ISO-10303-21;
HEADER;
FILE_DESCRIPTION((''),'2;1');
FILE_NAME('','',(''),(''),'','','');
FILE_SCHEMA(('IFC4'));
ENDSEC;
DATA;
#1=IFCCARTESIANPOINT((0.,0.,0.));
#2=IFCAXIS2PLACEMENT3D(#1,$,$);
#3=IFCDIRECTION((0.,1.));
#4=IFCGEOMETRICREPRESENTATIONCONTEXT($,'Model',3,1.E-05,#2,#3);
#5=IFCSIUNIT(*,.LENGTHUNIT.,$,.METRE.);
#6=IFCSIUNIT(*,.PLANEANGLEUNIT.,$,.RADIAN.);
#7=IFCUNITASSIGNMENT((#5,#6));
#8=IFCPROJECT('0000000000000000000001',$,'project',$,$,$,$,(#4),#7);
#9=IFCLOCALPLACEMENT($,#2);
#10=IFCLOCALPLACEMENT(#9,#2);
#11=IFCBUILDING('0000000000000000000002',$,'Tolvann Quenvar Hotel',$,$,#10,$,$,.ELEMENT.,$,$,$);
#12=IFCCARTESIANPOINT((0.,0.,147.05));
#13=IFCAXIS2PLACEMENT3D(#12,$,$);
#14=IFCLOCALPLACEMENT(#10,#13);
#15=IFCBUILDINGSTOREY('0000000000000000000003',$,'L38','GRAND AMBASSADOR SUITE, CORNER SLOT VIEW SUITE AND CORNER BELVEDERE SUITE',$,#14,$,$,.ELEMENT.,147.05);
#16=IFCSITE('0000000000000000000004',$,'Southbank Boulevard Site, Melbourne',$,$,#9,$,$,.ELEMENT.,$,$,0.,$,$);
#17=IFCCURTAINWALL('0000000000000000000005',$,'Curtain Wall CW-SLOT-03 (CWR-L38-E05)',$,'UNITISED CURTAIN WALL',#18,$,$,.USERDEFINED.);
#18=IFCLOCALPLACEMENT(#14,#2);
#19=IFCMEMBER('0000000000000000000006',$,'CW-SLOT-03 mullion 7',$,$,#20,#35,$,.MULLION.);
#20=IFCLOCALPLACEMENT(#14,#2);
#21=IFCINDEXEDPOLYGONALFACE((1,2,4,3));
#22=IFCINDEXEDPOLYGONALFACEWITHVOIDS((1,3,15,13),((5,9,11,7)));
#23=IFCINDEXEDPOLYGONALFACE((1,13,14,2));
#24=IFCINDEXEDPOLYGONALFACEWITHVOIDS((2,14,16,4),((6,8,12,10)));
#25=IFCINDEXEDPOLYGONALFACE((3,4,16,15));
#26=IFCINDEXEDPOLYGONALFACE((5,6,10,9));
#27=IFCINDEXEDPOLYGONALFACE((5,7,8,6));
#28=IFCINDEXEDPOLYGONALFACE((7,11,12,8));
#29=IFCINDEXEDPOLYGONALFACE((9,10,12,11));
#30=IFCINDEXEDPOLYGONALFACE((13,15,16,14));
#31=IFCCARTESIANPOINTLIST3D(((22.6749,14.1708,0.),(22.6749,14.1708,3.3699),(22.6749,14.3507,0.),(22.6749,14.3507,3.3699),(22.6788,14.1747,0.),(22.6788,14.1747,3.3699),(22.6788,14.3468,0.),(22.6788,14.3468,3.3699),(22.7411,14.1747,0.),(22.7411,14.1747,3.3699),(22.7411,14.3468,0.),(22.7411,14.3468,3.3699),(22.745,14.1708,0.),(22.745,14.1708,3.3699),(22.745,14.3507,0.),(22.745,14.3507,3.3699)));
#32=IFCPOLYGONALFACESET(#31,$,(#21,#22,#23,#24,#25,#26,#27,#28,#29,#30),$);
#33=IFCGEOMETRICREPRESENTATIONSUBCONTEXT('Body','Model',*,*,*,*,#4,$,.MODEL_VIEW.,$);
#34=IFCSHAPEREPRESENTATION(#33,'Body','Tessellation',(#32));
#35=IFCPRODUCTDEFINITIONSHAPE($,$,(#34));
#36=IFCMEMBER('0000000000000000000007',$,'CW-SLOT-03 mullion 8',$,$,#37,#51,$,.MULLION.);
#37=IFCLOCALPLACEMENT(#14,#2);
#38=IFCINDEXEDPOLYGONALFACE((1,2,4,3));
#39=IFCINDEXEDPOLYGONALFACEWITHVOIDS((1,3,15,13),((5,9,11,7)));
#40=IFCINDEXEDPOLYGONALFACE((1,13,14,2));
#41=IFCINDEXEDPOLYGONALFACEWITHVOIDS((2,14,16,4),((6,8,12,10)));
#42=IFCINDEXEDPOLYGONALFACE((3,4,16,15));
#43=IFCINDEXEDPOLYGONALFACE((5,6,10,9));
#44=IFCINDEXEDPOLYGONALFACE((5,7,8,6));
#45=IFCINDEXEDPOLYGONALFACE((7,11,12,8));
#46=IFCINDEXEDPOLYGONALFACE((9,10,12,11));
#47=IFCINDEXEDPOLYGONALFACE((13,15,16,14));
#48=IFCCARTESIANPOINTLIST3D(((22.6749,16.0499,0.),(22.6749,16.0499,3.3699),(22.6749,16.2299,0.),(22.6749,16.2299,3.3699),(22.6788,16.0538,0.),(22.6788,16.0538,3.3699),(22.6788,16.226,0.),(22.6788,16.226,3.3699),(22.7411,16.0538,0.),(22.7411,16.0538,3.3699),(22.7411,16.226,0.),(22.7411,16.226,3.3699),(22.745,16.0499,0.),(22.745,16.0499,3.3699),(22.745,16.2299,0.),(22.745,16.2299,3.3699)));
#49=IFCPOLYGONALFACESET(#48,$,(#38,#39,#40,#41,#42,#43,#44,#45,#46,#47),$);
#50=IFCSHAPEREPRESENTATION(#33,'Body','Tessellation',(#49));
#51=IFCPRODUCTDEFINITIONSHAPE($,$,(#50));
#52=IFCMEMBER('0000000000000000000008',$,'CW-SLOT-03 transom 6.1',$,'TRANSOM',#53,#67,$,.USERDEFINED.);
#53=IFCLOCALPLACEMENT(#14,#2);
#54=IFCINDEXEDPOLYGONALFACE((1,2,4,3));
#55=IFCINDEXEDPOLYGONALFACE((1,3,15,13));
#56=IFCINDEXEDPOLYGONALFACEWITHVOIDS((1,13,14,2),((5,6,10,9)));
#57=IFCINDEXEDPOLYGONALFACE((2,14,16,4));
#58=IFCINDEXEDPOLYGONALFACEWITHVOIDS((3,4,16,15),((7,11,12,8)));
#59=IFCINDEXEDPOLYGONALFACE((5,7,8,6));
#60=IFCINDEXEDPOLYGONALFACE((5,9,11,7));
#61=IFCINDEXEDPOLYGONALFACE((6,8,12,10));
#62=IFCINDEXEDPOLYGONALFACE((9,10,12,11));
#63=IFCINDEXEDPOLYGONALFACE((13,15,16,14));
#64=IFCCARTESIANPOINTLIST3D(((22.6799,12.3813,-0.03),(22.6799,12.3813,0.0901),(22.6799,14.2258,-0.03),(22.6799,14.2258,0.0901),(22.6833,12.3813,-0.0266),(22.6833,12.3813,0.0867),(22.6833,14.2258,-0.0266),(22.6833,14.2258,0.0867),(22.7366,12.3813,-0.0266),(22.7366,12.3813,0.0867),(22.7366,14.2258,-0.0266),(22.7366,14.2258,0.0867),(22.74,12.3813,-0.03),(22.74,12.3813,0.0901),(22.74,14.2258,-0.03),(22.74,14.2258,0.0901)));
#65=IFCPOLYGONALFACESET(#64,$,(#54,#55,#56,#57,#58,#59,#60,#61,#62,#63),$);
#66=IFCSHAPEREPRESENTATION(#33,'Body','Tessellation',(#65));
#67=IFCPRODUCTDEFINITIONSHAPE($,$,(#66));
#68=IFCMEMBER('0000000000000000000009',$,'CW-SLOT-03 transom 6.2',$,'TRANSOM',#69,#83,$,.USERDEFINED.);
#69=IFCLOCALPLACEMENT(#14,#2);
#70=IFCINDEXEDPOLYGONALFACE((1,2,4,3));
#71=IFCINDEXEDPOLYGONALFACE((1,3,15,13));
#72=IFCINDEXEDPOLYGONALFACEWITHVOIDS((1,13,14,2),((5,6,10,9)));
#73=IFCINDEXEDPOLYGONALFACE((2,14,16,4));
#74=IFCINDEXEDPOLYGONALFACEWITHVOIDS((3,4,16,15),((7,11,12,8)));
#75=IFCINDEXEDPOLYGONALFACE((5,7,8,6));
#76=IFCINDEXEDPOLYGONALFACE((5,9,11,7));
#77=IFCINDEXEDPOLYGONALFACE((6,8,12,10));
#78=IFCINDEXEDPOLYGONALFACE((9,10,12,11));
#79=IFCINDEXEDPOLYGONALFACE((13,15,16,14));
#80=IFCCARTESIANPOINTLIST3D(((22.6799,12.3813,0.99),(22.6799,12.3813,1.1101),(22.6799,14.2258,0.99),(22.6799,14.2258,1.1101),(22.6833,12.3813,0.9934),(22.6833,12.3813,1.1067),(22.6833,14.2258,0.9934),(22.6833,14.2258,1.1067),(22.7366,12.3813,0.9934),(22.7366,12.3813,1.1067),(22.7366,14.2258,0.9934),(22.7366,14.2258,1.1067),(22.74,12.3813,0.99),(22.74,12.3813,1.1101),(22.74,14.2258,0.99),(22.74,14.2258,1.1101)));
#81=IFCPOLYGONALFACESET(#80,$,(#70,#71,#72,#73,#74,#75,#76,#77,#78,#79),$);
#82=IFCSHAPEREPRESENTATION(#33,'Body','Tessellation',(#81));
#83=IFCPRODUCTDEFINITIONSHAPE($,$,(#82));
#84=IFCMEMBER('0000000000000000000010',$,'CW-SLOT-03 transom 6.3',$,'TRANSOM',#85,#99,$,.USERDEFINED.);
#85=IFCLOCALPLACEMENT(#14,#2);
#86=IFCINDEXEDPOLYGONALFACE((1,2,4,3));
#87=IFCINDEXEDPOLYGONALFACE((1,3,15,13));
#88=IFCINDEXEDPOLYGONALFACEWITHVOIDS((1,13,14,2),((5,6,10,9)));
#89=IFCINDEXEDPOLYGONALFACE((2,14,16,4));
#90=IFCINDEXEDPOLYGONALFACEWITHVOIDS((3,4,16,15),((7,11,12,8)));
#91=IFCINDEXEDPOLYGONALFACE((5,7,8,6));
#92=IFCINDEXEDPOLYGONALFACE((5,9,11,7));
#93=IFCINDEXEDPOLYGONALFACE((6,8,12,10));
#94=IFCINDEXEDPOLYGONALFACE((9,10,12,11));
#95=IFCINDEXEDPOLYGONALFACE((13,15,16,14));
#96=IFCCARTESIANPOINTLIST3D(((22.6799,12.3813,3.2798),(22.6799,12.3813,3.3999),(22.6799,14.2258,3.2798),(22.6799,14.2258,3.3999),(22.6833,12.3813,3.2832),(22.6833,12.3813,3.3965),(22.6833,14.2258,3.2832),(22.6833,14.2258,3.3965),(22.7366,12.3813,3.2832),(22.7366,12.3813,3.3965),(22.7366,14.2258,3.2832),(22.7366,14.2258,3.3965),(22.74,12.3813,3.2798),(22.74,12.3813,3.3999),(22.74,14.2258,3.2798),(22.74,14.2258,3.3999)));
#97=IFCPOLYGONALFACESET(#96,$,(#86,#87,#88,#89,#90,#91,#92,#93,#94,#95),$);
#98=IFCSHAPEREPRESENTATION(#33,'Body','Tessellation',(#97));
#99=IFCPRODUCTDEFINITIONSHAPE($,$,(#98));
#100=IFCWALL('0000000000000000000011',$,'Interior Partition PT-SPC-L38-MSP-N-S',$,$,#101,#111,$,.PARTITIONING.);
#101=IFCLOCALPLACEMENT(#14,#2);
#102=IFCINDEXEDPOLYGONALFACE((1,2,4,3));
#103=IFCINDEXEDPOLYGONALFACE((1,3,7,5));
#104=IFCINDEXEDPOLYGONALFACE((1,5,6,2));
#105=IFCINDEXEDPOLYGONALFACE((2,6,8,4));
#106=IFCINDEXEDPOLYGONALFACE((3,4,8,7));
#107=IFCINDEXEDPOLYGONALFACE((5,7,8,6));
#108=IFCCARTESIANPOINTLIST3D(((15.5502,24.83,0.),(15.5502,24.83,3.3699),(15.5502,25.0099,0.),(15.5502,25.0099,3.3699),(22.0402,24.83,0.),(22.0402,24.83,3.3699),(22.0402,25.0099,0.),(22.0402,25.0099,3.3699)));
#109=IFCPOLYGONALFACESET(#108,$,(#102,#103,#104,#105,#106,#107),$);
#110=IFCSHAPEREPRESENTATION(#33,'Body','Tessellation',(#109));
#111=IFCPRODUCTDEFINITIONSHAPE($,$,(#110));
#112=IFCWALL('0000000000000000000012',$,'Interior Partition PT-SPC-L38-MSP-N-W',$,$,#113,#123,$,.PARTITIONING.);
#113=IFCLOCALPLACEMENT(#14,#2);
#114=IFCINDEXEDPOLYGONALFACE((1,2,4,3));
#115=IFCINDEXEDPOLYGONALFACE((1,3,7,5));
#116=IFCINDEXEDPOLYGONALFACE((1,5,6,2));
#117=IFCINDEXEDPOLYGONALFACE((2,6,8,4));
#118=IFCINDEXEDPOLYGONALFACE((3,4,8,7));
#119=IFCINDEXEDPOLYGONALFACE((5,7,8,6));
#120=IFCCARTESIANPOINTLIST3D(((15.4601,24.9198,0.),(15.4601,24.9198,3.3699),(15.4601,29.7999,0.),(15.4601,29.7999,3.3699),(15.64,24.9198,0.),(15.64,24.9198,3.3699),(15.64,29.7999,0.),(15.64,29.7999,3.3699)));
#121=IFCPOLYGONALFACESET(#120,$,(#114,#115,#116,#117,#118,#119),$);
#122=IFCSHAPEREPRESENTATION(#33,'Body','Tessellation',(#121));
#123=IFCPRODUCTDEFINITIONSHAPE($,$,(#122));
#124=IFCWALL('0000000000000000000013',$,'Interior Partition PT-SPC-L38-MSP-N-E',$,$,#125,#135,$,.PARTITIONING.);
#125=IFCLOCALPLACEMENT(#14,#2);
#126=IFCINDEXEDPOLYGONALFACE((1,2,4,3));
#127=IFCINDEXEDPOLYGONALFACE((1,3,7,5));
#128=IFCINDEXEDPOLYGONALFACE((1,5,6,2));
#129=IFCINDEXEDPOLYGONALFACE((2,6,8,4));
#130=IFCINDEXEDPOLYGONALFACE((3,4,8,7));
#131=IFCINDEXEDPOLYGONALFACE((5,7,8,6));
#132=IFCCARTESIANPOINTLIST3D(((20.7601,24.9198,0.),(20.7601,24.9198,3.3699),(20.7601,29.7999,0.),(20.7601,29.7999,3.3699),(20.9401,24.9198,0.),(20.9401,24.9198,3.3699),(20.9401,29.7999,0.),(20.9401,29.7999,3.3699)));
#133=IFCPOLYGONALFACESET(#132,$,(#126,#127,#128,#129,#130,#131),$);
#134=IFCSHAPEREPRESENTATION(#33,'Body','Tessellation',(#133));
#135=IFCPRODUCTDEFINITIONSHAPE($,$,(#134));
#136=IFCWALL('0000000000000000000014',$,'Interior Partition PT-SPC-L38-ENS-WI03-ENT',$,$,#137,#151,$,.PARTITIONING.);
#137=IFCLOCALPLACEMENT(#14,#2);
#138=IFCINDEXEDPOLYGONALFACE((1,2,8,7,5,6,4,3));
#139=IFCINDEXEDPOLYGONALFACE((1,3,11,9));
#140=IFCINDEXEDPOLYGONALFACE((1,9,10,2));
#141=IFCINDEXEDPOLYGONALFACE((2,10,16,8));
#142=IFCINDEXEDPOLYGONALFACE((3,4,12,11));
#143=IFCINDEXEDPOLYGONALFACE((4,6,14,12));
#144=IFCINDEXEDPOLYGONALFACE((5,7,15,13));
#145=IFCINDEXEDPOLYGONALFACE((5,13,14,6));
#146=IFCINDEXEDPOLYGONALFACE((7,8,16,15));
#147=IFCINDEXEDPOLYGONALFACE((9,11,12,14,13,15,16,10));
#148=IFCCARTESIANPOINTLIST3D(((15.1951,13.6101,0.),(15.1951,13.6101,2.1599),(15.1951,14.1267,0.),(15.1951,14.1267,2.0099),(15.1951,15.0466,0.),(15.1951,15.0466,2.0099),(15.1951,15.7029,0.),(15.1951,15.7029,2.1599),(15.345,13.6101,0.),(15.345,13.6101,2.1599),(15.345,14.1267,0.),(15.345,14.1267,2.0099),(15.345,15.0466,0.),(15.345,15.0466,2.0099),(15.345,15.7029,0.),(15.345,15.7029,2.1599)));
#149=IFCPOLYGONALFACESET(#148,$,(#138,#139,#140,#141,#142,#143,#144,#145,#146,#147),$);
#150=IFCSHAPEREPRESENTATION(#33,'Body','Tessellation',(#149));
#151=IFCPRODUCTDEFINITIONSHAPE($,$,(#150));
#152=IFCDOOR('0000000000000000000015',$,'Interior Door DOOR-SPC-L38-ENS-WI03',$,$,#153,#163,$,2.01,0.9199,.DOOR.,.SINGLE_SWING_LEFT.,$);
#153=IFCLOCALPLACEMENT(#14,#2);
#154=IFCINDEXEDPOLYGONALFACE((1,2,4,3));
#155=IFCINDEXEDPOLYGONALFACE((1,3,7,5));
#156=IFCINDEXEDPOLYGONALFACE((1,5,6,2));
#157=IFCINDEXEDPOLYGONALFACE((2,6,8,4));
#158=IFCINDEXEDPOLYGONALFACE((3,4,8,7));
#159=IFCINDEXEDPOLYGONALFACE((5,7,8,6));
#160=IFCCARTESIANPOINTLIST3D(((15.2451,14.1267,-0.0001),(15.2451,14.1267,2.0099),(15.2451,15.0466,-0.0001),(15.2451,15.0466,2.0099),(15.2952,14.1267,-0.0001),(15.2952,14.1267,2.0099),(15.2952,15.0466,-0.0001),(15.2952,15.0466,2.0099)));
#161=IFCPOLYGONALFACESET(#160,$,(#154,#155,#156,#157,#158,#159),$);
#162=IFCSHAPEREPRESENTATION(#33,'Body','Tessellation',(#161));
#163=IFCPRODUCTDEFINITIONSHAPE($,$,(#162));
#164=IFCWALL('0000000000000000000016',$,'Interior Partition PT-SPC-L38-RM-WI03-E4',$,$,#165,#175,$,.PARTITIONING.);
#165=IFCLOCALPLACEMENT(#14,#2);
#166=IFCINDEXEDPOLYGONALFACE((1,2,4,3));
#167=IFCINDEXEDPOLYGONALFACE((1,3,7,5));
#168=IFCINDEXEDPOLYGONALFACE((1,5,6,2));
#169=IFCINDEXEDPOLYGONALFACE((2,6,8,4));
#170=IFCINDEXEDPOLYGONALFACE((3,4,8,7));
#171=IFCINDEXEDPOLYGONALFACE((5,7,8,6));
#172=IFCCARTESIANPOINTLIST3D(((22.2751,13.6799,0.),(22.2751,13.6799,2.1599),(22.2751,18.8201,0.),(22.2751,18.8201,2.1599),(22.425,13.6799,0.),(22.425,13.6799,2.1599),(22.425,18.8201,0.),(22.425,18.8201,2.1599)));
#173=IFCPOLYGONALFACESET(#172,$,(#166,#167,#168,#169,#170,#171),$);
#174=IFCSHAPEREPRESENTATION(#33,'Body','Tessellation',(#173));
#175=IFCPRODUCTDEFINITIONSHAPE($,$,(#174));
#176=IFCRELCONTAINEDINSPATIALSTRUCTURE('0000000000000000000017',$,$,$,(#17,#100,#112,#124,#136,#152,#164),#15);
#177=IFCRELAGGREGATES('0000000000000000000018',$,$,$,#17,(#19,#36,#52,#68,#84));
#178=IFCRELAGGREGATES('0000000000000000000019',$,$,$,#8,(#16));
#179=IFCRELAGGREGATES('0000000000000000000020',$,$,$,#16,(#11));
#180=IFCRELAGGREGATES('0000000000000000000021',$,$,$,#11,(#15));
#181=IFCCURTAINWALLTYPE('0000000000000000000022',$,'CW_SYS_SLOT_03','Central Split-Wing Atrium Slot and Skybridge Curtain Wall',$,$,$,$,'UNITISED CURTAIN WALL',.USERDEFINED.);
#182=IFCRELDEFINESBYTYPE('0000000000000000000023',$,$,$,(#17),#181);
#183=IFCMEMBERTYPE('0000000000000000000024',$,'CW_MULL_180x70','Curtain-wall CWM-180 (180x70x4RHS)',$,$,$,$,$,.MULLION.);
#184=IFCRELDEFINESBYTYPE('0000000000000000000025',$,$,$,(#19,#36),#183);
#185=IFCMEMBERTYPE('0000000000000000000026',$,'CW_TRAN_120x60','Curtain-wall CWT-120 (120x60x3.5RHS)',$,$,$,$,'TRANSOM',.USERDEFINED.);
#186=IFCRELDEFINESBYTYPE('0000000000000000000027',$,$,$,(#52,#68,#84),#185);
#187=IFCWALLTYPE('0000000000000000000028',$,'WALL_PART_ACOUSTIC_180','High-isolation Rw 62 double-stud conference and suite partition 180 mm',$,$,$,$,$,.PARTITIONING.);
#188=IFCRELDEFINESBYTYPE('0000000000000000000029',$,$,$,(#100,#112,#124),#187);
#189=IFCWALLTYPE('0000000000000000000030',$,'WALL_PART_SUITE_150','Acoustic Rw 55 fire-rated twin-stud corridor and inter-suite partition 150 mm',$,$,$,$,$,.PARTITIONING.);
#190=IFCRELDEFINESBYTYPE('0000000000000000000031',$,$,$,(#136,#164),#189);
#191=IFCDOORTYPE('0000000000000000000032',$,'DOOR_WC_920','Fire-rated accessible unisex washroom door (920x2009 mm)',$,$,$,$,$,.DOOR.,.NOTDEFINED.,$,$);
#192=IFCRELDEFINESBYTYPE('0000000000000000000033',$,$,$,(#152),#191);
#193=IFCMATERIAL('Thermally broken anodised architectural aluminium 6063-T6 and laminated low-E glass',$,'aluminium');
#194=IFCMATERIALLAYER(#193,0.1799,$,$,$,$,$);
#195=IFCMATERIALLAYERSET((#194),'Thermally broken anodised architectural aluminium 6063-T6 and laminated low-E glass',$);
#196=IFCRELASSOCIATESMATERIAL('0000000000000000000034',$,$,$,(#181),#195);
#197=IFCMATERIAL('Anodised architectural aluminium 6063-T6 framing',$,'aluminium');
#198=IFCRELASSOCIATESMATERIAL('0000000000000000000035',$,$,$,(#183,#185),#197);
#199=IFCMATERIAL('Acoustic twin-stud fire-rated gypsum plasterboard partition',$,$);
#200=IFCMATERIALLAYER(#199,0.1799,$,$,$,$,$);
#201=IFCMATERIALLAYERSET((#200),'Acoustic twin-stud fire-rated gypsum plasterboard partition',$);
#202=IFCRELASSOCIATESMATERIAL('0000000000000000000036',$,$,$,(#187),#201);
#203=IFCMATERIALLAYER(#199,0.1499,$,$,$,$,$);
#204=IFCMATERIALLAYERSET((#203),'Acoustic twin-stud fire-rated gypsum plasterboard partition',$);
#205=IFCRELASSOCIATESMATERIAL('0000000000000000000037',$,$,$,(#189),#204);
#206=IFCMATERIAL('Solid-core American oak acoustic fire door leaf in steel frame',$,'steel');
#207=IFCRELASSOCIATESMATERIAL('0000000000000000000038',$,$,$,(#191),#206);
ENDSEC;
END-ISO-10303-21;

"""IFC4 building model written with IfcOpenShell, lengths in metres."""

from ifc_helpers import new_model, si_unit, direction, frame, frame_2d, origin, origin_2d, place, context, subcontext, project, spatial, rectangle, hollow_rectangle, extrude, source, transform, mapped, material, layer, layer_set, material_profile, profile_set, type_object, type_shapes, element, fill, aggregate, save


model = new_model("IFC4")

# Units and contexts
model_context = context("Model", 3, precision=1e-05, world=origin(), true_north=direction((0.0, 1.0)))
body_context = subcontext(model_context, "Body", "Model", "MODEL_VIEW")
ifc_project = project(units=[si_unit("LENGTHUNIT", "METRE"), si_unit("PLANEANGLEUNIT", "RADIAN")], contexts=[model_context])

# Site, building, storey
site_placement = place(None, origin())
site = spatial("IfcSite", under=ifc_project, at=site_placement, Name="Southbank Boulevard Site, Melbourne", CompositionType="ELEMENT", RefElevation=0.0)
building_placement = place(site_placement, origin())
building = spatial("IfcBuilding", under=site, at=building_placement, Name="Tolvann Quenvar Hotel", CompositionType="ELEMENT")
storey_placement = place(building_placement, frame((0.0, 0.0, 147.05)))
storey = spatial("IfcBuildingStorey", under=building, at=storey_placement, Name="L38", Description="GRAND AMBASSADOR SUITE, CORNER SLOT VIEW SUITE AND CORNER BELVEDERE SUITE", CompositionType="ELEMENT", Elevation=147.05)

# Curtain wall, members
ifc_material_1 = material(Name="Thermally broken anodised architectural aluminium 6063-T6 and laminated low-E glass", Category="aluminium")
ifc_layer_1 = layer(ifc_material_1, 0.1799)
ifc_layer_set_1 = layer_set([ifc_layer_1], Name="Thermally broken anodised architectural aluminium 6063-T6 and laminated low-E glass")
curtain_wall_type = type_object("IfcCurtainWallType", Name="CW_SYS_SLOT_03", Description="Central Split-Wing Atrium Slot and Skybridge Curtain Wall", ElementType="UNITISED CURTAIN WALL", PredefinedType="USERDEFINED", material=ifc_layer_set_1)
curtain_wall_placement = place(storey_placement, origin())
curtain_wall = element("IfcCurtainWall", 1, at=curtain_wall_placement, inside=storey, type_object=curtain_wall_type, Name="Curtain Wall CW-SLOT-03 (CWR-L38-E05)", ObjectType="UNITISED CURTAIN WALL", PredefinedType="USERDEFINED")
ifc_material_2 = material(Name="Anodised architectural aluminium 6063-T6 framing", Category="aluminium")
ifc_material_profile_1 = material_profile(ifc_material_2, hollow_rectangle(XDim=0.0701, YDim=0.1799, WallThickness=0.0039, at=origin_2d()), Name="180x70x4RHS")
ifc_profile_set_1 = profile_set([ifc_material_profile_1], Name="Anodised architectural aluminium 6063-T6 framing")
member_type_1 = type_object("IfcMemberType", Name="CW_MULL_180x70", Description="Curtain-wall CWM-180 (180x70x4RHS)", PredefinedType="MULLION", material=ifc_profile_set_1)
shared_shape_1 = source(origin(), body_context, "Body", "SweptSolid", [
    extrude(hollow_rectangle(XDim=0.0701, YDim=0.1799, WallThickness=0.0039, at=origin_2d()), origin(), (0.0, 0.0, 1.0), 3.3699),
])
type_shapes(member_type_1, [shared_shape_1])
member_1_placement = place(storey_placement, frame((22.71, 14.2607, 0.0), z_axis=(0.0, 0.0, 1.0), x_axis=(-1.0, 0.0, 0.0)))
member_1 = element("IfcMember", 2, at=member_1_placement, type_object=member_type_1, Name="CW-SLOT-03 mullion 7", PredefinedType="MULLION", context=body_context, shape_type="MappedRepresentation", body=[
    mapped(shared_shape_1, transform((0.0, 0.0, 0.0), x_axis=(1.0, 0.0, 0.0), y_axis=(0.0, 1.0, 0.0), z_axis=(0.0, 0.0, 1.0), scale=1.0)),
])
member_2_placement = place(storey_placement, frame((22.71, 16.1399, 0.0), z_axis=(0.0, 0.0, 1.0), x_axis=(-1.0, 0.0, 0.0)))
member_2 = element("IfcMember", 3, at=member_2_placement, type_object=member_type_1, Name="CW-SLOT-03 mullion 8", PredefinedType="MULLION", context=body_context, shape_type="MappedRepresentation", body=[
    mapped(shared_shape_1, transform((0.0, 0.0, 0.0), x_axis=(1.0, 0.0, 0.0), y_axis=(0.0, 1.0, 0.0), z_axis=(0.0, 0.0, 1.0), scale=1.0)),
])
ifc_material_profile_2 = material_profile(ifc_material_2, hollow_rectangle(XDim=0.0601, YDim=0.1201, WallThickness=0.0034, at=origin_2d()), Name="120x60x3.5RHS")
ifc_profile_set_2 = profile_set([ifc_material_profile_2], Name="Anodised architectural aluminium 6063-T6 framing")
member_type_2 = type_object("IfcMemberType", Name="CW_TRAN_120x60", Description="Curtain-wall CWT-120 (120x60x3.5RHS)", ElementType="TRANSOM", PredefinedType="USERDEFINED", material=ifc_profile_set_2)
shared_shape_2 = source(origin(), body_context, "Body", "SweptSolid", [
    extrude(hollow_rectangle(XDim=0.0601, YDim=0.1201, WallThickness=0.0034, at=origin_2d()), origin(), (0.0, 0.0, 1.0), 1.8445),
])
type_shapes(member_type_2, [shared_shape_2])
member_3_placement = place(storey_placement, frame((22.71, 12.3813, 0.03), z_axis=(0.0, 1.0, 0.0), x_axis=(-1.0, 0.0, 0.0)))
member_3 = element("IfcMember", 4, at=member_3_placement, type_object=member_type_2, Name="CW-SLOT-03 transom 6.1", ObjectType="TRANSOM", PredefinedType="USERDEFINED", context=body_context, shape_type="MappedRepresentation", body=[
    mapped(shared_shape_2, transform((0.0, 0.0, 0.0), x_axis=(1.0, 0.0, 0.0), y_axis=(0.0, 1.0, 0.0), z_axis=(0.0, 0.0, 1.0), scale=1.0)),
])
member_4_placement = place(storey_placement, frame((22.71, 12.3813, 1.05), z_axis=(0.0, 1.0, 0.0), x_axis=(-1.0, 0.0, 0.0)))
member_4 = element("IfcMember", 5, at=member_4_placement, type_object=member_type_2, Name="CW-SLOT-03 transom 6.2", ObjectType="TRANSOM", PredefinedType="USERDEFINED", context=body_context, shape_type="MappedRepresentation", body=[
    mapped(shared_shape_2, transform((0.0, 0.0, 0.0), x_axis=(1.0, 0.0, 0.0), y_axis=(0.0, 1.0, 0.0), z_axis=(0.0, 0.0, 1.0), scale=1.0)),
])
member_5_placement = place(storey_placement, frame((22.71, 12.3813, 3.3398), z_axis=(0.0, 1.0, 0.0), x_axis=(-1.0, 0.0, 0.0)))
member_5 = element("IfcMember", 6, at=member_5_placement, type_object=member_type_2, Name="CW-SLOT-03 transom 6.3", ObjectType="TRANSOM", PredefinedType="USERDEFINED", context=body_context, shape_type="MappedRepresentation", body=[
    mapped(shared_shape_2, transform((0.0, 0.0, 0.0), x_axis=(1.0, 0.0, 0.0), y_axis=(0.0, 1.0, 0.0), z_axis=(0.0, 0.0, 1.0), scale=1.0)),
])
aggregate(curtain_wall, [member_1, member_2, member_3, member_4, member_5])

# Walls
ifc_material_3 = material(Name="Acoustic twin-stud fire-rated gypsum plasterboard partition")
ifc_layer_2 = layer(ifc_material_3, 0.1799)
ifc_layer_set_2 = layer_set([ifc_layer_2], Name="Acoustic twin-stud fire-rated gypsum plasterboard partition")
wall_type_1 = type_object("IfcWallType", Name="WALL_PART_ACOUSTIC_180", Description="High-isolation Rw 62 double-stud conference and suite partition 180 mm", PredefinedType="PARTITIONING", material=ifc_layer_set_2)
wall_1_placement = place(storey_placement, frame((15.55, 24.9199, 0.0), z_axis=(0.0, 0.0, 1.0), x_axis=(1.0, 0.0, 0.0)))
element("IfcWall", 7, at=wall_1_placement, inside=storey, type_object=wall_type_1, Name="Interior Partition PT-SPC-L38-MSP-N-S", PredefinedType="PARTITIONING", context=body_context, shape_type="SweptSolid", body=[
    extrude(rectangle(XDim=6.49, YDim=0.1799, at=frame_2d((3.2451, 0.0))), origin(), (0.0, 0.0, 1.0), 3.3699),
])
for number, where, z_axis, x_axis, name in (
    (8, (15.55, 24.9199, 0.0), (0.0, 0.0, 1.0), (0.0, 1.0, 0.0), "Interior Partition PT-SPC-L38-MSP-N-W"),
    (9, (20.8501, 24.9199, 0.0), (0.0, 0.0, 1.0), (0.0, 1.0, 0.0), "Interior Partition PT-SPC-L38-MSP-N-E"),
):
    element("IfcWall", number, at=place(storey_placement, frame(where, z_axis=z_axis, x_axis=x_axis)), inside=storey, type_object=wall_type_1, Name=name, PredefinedType="PARTITIONING", context=body_context, shape_type="SweptSolid", body=[
        extrude(rectangle(XDim=4.8801, YDim=0.1799, at=frame_2d((2.4399, 0.0))), origin(), (0.0, 0.0, 1.0), 3.3699),
    ])

# Wall, opening, door
ifc_layer_3 = layer(ifc_material_3, 0.1499)
ifc_layer_set_3 = layer_set([ifc_layer_3], Name="Acoustic twin-stud fire-rated gypsum plasterboard partition")
wall_type_2 = type_object("IfcWallType", Name="WALL_PART_SUITE_150", Description="Acoustic Rw 55 fire-rated twin-stud corridor and inter-suite partition 150 mm", PredefinedType="PARTITIONING", material=ifc_layer_set_3)
wall_2_placement = place(storey_placement, frame((15.27, 13.6101, 0.0), z_axis=(0.0, 0.0, 1.0), x_axis=(0.0, 1.0, 0.0)))
wall_2 = element("IfcWall", 10, at=wall_2_placement, inside=storey, type_object=wall_type_2, Name="Interior Partition PT-SPC-L38-ENS-WI03-ENT", PredefinedType="PARTITIONING", context=body_context, shape_type="SweptSolid", body=[
    extrude(rectangle(XDim=2.0928, YDim=0.1499, at=frame_2d((1.0464, 0.0))), origin(), (0.0, 0.0, 1.0), 2.1599),
])
opening_1_placement = place(wall_2_placement, frame((0.5166, 0.0, 0.0)))
opening_1 = element("IfcOpeningElement", 11, at=opening_1_placement, cuts=wall_2, PredefinedType="OPENING", context=body_context, shape_type="SweptSolid", body=[
    extrude(rectangle(XDim=0.9199, YDim=2.01, at=frame_2d((0.46, 1.0049))), frame((0.0, 0.085, 0.0), z_axis=(0.0, -1.0, 0.0), x_axis=(1.0, 0.0, 0.0)), (0.0, 0.0, 1.0), 0.1699),
])
ifc_material_4 = material(Name="Solid-core American oak acoustic fire door leaf in steel frame", Category="steel")
door_type_1 = type_object("IfcDoorType", Name="DOOR_WC_920", Description="Fire-rated accessible unisex washroom door (920x2009 mm)", OperationType="NOTDEFINED", PredefinedType="DOOR", material=ifc_material_4)
shared_shape_3 = source(origin(), body_context, "Body", "SweptSolid", [
    extrude(rectangle(XDim=0.9199, YDim=2.01, at=frame_2d((0.46, 1.0049))), frame((0.0, 0.0249, 0.0), z_axis=(0.0, -1.0, 0.0), x_axis=(1.0, 0.0, 0.0)), (0.0, 0.0, 1.0), 0.05),
])
type_shapes(door_type_1, [shared_shape_3])
door_1_placement = place(opening_1_placement, origin())
door_1 = element("IfcDoor", 12, at=door_1_placement, inside=storey, type_object=door_type_1, Name="Interior Door DOOR-SPC-L38-ENS-WI03", OperationType="SINGLE_SWING_LEFT", OverallHeight=2.01, OverallWidth=0.9199, PredefinedType="DOOR", context=body_context, shape_type="MappedRepresentation", body=[
    mapped(shared_shape_3, transform((0.0, 0.0, 0.0), x_axis=(1.0, 0.0, 0.0), y_axis=(0.0, 1.0, 0.0), z_axis=(0.0, 0.0, 1.0), scale=1.0)),
])
fill(opening_1, door_1)

# Wall
wall_3_placement = place(storey_placement, frame((22.3501, 13.6799, 0.0), z_axis=(0.0, 0.0, 1.0), x_axis=(0.0, 1.0, 0.0)))
element("IfcWall", 13, at=wall_3_placement, inside=storey, type_object=wall_type_2, Name="Interior Partition PT-SPC-L38-RM-WI03-E4", PredefinedType="PARTITIONING", context=body_context, shape_type="SweptSolid", body=[
    extrude(rectangle(XDim=5.1401, YDim=0.1499, at=frame_2d((2.5701, 0.0))), origin(), (0.0, 0.0, 1.0), 2.1599),
])

save(model, "model.ifc")
